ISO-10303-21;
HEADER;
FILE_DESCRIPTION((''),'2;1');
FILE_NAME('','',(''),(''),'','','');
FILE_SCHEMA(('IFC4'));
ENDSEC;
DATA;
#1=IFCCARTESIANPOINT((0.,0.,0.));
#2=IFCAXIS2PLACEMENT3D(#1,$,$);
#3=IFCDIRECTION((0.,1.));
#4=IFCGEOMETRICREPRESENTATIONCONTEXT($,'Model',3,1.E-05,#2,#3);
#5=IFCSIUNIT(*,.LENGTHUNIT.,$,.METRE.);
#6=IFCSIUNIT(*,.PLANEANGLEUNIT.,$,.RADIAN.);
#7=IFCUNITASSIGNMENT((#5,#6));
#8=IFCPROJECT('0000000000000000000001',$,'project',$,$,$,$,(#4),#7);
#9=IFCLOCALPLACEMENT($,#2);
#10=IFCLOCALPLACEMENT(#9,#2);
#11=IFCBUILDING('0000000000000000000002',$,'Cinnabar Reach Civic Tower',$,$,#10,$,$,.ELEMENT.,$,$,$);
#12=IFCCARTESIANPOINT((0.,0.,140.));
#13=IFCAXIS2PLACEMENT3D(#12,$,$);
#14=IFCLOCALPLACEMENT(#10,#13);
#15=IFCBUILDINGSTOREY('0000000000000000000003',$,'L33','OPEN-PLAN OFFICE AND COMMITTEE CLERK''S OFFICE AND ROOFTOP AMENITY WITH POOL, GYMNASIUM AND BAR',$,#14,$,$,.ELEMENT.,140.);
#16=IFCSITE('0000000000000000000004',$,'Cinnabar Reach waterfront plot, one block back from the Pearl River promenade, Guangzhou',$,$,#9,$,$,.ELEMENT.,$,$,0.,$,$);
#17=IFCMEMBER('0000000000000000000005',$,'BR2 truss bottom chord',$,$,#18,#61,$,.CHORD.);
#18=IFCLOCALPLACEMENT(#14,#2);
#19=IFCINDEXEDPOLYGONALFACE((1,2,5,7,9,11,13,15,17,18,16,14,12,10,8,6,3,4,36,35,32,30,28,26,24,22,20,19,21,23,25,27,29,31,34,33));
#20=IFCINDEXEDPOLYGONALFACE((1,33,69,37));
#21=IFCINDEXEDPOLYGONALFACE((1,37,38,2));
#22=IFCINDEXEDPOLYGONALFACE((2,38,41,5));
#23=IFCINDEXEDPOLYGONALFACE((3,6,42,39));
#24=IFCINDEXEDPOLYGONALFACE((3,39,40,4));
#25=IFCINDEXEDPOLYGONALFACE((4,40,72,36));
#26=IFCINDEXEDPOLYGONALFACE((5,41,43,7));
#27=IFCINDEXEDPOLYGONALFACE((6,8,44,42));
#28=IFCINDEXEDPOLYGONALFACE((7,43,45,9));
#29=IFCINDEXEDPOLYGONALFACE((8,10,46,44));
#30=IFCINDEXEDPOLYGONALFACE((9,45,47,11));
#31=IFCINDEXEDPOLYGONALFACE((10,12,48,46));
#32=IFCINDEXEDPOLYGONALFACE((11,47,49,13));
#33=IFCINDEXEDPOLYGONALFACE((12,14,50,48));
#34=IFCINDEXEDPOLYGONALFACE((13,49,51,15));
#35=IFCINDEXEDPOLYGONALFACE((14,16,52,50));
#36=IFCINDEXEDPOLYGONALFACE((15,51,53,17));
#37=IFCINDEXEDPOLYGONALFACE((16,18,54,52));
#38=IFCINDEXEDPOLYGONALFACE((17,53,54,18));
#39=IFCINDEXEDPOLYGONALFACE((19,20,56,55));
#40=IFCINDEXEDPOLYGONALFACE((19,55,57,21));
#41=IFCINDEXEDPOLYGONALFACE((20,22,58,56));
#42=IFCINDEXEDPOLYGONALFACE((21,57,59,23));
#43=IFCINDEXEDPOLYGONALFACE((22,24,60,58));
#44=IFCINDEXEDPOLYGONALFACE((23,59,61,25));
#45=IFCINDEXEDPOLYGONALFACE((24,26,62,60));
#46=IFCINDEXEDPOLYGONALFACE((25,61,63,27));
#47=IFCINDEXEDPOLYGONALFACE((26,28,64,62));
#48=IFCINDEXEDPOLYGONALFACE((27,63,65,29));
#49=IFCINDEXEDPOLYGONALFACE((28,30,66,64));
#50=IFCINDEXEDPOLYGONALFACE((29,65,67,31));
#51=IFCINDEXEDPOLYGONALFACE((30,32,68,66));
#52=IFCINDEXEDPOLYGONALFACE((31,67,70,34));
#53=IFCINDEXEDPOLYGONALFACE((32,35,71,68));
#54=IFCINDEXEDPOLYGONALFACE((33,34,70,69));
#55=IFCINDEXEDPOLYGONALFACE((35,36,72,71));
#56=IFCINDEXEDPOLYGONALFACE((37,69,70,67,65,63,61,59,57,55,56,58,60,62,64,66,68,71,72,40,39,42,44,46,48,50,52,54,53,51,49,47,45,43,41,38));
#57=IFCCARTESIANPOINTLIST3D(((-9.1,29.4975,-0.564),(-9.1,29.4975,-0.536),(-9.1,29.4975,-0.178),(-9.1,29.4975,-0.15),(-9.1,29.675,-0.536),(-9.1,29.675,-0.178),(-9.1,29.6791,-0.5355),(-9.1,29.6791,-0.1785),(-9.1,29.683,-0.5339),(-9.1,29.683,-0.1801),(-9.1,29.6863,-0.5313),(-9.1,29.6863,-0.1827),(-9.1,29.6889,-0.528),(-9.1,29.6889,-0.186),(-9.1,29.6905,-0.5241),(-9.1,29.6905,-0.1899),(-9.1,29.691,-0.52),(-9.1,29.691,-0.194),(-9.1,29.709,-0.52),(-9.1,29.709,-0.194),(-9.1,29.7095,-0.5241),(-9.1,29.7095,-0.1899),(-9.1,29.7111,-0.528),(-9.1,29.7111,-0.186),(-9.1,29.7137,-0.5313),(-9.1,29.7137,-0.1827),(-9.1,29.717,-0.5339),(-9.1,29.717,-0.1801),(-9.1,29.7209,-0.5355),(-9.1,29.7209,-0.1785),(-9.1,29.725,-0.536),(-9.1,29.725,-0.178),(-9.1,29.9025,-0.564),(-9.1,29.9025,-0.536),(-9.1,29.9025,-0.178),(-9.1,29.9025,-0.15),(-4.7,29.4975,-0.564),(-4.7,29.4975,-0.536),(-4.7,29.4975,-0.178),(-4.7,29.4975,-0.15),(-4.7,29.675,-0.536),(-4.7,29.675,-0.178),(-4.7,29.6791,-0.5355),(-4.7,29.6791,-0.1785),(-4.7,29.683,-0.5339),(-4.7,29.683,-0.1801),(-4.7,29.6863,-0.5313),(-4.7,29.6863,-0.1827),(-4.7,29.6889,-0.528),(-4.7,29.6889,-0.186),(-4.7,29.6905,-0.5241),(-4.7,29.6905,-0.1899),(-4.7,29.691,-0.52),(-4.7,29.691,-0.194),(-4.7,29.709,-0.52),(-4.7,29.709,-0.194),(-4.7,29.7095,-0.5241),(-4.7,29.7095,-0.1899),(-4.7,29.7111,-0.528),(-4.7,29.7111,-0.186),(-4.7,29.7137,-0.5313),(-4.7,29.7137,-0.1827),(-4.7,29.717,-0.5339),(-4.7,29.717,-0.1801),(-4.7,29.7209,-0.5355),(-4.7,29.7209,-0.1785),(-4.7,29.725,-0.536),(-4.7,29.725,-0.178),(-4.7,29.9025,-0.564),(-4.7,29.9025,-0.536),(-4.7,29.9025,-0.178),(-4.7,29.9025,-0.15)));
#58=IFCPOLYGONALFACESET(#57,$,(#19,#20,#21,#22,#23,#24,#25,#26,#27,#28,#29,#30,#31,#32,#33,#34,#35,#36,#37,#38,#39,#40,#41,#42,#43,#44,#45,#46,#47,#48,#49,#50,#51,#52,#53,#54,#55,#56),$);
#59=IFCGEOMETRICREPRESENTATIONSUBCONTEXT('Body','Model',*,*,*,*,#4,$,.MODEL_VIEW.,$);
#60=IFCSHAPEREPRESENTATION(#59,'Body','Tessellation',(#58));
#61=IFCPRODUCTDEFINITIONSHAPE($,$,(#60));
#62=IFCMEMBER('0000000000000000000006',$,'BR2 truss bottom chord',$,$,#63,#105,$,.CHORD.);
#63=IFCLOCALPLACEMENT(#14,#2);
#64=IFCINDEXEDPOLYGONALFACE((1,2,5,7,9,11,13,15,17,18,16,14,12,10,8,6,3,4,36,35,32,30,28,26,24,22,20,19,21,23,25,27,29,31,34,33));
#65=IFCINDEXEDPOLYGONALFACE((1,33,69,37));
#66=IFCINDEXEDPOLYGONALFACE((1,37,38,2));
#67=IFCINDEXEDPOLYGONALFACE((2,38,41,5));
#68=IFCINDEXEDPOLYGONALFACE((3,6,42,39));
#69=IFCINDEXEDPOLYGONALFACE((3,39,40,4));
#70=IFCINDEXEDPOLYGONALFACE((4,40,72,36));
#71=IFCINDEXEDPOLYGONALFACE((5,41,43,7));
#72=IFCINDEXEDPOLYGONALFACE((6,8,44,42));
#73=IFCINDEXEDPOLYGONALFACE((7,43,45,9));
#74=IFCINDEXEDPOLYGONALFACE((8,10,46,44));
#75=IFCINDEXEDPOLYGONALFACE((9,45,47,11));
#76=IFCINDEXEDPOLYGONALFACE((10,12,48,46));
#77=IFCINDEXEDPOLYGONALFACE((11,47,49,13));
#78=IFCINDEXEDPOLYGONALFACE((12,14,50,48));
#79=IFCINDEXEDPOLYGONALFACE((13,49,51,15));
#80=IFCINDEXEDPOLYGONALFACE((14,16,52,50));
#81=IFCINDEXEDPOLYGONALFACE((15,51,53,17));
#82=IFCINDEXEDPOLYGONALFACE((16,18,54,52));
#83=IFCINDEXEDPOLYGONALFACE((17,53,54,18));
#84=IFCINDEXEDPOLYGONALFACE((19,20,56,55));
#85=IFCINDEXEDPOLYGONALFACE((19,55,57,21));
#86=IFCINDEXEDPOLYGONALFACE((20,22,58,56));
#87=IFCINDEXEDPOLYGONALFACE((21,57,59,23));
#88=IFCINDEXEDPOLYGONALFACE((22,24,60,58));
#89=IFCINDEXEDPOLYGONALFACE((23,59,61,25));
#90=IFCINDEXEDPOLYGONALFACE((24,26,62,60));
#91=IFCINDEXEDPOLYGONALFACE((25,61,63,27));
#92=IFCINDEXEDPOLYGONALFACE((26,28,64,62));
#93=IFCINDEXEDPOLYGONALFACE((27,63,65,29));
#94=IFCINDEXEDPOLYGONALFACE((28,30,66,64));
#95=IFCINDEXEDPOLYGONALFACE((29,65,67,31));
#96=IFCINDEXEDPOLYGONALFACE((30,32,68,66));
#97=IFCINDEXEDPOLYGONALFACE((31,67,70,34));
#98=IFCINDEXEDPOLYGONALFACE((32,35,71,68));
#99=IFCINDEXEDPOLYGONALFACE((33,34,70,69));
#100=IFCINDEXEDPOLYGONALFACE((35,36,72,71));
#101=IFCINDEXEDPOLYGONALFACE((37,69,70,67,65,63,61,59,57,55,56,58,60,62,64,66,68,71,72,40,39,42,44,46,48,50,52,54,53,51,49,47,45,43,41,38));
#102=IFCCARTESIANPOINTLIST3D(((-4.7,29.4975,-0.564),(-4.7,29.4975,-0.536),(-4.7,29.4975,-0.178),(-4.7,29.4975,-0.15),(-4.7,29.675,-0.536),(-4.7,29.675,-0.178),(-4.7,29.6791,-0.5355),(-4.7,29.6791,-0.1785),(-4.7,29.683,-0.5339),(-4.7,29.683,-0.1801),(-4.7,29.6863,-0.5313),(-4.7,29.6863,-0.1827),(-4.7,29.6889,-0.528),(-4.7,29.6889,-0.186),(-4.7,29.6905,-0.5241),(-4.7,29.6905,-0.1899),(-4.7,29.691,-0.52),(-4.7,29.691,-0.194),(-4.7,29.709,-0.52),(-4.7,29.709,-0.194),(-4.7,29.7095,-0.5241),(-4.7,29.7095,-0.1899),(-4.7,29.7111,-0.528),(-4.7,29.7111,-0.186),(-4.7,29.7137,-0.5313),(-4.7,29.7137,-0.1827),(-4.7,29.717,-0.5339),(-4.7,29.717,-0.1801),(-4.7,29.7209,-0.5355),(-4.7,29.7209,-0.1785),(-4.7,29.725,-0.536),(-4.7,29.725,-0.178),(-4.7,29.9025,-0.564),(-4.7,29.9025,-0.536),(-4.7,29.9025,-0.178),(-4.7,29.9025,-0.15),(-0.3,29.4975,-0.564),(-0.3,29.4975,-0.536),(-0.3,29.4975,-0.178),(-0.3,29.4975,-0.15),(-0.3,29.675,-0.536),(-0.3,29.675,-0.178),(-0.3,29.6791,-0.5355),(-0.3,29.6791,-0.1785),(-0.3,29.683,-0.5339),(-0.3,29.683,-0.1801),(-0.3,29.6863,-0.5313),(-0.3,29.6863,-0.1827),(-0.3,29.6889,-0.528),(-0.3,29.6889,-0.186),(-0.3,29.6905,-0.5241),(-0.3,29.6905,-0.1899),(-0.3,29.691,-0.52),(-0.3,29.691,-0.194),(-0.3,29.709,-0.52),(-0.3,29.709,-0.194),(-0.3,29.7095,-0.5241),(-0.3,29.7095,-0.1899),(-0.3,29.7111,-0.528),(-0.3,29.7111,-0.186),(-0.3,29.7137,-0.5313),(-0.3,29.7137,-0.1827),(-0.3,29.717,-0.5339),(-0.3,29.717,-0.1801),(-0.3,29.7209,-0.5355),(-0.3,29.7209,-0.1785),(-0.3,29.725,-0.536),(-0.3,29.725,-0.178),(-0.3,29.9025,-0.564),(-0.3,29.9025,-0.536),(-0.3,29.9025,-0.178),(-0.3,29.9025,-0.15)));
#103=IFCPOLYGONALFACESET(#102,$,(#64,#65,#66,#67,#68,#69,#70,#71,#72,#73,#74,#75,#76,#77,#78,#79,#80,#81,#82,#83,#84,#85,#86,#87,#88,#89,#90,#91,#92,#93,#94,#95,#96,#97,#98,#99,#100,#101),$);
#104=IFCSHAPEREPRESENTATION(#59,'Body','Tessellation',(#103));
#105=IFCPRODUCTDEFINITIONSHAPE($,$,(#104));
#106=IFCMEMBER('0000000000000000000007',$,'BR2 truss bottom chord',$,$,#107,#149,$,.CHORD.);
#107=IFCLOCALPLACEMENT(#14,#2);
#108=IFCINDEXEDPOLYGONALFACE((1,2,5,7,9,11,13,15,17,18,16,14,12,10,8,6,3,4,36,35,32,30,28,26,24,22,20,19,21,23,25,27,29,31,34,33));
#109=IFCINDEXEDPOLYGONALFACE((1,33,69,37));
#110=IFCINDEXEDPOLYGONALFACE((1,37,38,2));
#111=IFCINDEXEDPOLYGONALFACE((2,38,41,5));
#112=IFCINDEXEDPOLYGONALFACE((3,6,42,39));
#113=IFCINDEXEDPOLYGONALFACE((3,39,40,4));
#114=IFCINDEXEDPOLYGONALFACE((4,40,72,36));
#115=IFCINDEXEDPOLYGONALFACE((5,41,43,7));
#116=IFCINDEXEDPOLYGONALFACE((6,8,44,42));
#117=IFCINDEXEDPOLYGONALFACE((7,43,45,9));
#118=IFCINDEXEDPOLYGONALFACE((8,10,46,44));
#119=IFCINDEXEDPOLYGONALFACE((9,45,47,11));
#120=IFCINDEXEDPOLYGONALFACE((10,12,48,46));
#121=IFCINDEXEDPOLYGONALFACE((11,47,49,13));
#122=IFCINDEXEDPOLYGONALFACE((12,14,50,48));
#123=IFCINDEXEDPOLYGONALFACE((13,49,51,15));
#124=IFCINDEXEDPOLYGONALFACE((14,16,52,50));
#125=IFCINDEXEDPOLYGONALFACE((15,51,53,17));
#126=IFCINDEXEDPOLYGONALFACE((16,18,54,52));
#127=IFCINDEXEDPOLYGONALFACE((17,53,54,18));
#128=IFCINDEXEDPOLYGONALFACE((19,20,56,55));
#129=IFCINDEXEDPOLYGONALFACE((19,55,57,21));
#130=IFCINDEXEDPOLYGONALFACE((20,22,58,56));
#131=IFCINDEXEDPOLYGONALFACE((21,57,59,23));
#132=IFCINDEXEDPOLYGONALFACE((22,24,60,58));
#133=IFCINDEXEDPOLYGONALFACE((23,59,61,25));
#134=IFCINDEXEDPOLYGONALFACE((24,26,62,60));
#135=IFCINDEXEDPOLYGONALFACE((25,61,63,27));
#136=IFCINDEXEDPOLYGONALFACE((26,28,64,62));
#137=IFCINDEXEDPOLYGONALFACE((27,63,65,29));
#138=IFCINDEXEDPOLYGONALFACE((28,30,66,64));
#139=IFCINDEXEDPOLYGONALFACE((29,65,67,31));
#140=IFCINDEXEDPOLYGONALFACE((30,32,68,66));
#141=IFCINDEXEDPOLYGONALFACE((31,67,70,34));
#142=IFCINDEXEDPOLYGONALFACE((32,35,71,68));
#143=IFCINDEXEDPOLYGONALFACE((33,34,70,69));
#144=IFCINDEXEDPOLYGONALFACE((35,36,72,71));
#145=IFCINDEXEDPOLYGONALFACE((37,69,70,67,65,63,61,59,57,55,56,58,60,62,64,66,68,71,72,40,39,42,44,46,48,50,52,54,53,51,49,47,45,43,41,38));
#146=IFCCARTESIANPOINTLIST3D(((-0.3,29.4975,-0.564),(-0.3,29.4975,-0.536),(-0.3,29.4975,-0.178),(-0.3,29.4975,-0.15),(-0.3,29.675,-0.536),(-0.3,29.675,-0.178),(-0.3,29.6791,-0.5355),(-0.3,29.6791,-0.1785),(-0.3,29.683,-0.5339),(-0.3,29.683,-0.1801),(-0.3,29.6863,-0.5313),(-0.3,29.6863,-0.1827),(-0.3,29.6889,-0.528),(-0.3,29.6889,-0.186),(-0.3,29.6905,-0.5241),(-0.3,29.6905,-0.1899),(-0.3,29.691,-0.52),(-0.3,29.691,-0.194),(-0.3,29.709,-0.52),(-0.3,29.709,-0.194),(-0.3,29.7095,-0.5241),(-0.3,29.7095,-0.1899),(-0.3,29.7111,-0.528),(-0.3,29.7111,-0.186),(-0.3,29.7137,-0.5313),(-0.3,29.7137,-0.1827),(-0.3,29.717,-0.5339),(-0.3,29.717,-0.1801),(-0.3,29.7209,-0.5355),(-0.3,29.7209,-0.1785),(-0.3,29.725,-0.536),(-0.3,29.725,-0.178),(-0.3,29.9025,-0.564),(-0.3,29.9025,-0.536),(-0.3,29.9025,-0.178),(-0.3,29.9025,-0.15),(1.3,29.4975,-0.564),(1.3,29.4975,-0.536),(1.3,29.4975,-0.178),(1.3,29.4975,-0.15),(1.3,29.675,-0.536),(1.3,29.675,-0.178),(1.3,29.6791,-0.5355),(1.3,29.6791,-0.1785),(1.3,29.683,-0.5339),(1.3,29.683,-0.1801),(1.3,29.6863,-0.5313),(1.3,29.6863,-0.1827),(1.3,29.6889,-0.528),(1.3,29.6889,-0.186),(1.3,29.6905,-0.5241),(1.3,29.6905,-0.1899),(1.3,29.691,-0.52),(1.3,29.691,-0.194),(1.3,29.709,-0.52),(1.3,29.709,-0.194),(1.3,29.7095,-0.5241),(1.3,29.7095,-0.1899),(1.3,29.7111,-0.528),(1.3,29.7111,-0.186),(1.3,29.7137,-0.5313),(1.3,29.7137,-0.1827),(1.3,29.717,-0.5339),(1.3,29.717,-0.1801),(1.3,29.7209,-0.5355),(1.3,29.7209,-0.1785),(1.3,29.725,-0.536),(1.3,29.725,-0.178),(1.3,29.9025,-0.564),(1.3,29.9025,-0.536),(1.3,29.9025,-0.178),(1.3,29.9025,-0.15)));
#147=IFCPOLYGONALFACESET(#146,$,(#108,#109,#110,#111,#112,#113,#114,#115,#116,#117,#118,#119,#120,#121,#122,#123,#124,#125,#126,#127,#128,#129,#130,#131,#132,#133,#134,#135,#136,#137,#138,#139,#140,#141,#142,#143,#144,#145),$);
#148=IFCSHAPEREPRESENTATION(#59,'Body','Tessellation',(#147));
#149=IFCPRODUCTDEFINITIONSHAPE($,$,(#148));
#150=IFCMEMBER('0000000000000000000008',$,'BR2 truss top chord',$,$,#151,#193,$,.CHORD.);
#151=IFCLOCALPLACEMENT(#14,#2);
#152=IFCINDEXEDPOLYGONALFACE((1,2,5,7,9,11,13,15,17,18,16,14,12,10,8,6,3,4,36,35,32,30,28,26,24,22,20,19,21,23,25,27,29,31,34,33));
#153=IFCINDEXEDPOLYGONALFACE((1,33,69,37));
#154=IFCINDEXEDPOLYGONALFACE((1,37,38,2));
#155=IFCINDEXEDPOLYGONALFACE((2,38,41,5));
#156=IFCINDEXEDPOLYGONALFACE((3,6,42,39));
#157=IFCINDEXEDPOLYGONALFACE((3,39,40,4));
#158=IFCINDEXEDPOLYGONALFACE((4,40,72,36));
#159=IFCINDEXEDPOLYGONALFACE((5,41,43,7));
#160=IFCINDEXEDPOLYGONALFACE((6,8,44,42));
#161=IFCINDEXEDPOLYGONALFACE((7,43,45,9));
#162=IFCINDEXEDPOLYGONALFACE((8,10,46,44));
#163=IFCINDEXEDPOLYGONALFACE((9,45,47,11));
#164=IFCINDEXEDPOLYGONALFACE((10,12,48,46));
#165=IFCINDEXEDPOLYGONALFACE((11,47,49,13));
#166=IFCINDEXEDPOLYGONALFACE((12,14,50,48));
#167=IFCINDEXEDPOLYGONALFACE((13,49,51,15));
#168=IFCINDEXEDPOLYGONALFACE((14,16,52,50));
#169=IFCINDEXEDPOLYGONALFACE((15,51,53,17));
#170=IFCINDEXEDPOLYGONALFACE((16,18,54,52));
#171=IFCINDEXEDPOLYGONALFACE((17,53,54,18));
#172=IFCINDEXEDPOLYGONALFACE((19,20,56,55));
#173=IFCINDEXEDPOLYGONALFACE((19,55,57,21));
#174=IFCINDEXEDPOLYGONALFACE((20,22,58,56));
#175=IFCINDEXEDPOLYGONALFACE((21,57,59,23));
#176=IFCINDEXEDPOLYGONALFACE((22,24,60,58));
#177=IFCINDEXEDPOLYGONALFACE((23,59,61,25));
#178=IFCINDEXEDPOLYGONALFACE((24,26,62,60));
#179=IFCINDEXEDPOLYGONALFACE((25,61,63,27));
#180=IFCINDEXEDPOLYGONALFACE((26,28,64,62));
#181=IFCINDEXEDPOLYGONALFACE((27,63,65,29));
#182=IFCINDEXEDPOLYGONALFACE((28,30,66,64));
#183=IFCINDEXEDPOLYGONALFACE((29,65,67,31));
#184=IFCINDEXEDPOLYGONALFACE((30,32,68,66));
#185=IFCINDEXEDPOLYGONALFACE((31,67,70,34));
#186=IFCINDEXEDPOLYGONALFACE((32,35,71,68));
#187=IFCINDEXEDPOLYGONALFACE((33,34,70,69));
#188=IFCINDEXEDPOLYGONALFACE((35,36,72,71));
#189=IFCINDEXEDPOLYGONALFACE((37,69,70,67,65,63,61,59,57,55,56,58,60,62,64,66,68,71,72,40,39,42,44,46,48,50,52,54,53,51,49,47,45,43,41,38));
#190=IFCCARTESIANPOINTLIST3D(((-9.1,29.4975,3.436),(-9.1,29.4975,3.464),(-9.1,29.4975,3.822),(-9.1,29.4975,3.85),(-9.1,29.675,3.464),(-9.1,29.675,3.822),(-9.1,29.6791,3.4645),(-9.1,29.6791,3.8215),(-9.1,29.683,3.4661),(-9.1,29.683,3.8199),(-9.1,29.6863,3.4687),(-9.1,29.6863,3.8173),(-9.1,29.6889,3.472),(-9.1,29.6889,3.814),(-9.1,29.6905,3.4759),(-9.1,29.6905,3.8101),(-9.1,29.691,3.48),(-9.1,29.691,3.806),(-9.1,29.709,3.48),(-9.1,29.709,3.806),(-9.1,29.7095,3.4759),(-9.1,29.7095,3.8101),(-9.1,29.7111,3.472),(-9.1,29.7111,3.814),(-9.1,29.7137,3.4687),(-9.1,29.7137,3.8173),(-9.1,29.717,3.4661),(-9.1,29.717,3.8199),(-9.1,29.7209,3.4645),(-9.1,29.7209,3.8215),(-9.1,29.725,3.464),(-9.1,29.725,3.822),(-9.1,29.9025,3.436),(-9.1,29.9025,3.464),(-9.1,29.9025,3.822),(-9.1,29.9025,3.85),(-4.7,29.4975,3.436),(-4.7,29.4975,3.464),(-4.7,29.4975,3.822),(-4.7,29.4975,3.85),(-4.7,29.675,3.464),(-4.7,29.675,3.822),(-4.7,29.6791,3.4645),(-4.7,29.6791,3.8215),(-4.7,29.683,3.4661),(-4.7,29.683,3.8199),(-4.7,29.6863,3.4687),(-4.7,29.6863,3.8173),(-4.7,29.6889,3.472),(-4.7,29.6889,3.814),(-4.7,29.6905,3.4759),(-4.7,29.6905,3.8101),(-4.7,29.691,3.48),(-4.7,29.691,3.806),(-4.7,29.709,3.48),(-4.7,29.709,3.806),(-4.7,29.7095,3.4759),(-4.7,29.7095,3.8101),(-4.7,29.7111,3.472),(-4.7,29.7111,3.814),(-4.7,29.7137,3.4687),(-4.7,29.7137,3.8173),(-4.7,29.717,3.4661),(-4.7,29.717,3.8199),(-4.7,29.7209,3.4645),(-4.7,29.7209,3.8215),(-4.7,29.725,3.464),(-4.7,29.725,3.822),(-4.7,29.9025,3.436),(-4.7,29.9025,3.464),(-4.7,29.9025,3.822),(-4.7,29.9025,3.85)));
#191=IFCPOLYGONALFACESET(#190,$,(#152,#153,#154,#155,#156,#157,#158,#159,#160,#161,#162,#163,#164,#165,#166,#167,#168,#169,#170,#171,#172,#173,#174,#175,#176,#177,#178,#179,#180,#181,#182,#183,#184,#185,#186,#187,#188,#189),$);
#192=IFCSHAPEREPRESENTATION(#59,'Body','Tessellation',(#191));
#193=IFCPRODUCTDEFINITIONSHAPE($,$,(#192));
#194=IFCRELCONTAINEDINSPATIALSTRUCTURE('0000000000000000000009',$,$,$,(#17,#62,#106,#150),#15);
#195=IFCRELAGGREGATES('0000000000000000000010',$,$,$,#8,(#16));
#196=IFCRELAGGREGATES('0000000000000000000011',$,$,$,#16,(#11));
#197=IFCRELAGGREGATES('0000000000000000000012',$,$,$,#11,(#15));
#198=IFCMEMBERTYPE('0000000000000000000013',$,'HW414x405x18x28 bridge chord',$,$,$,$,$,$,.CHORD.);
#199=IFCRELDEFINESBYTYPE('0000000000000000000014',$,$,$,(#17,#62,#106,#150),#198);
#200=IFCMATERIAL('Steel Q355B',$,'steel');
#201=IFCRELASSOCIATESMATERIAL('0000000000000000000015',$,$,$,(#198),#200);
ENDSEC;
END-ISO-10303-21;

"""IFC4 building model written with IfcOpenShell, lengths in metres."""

from ifc_helpers import new_model, si_unit, direction, frame, origin, origin_2d, place, context, subcontext, project, spatial, i_section, extrude, material, material_profile, profile_set, type_object, element, save


model = new_model("IFC4")

# Units and contexts
model_context = context("Model", 3, precision=1e-05, world=origin(), true_north=direction((0.0, 1.0)))
body_context = subcontext(model_context, "Body", "Model", "MODEL_VIEW")
ifc_project = project(units=[si_unit("LENGTHUNIT", "METRE"), si_unit("PLANEANGLEUNIT", "RADIAN")], contexts=[model_context])

# Site, building, storey
site_placement = place(None, origin())
site = spatial("IfcSite", under=ifc_project, at=site_placement, Name="Cinnabar Reach waterfront plot, one block back from the Pearl River promenade, Guangzhou", CompositionType="ELEMENT", RefElevation=0.0)
building_placement = place(site_placement, origin())
building = spatial("IfcBuilding", under=site, at=building_placement, Name="Cinnabar Reach Civic Tower", CompositionType="ELEMENT")
storey_placement = place(building_placement, frame((0.0, 0.0, 140.0)))
storey = spatial("IfcBuildingStorey", under=building, at=storey_placement, Name="L33", Description="OPEN-PLAN OFFICE AND COMMITTEE CLERK'S OFFICE AND ROOFTOP AMENITY WITH POOL, GYMNASIUM AND BAR", CompositionType="ELEMENT", Elevation=140.0)

# Shared definitions
ifc_material_1 = material(Name="Steel Q355B", Category="steel")

# Members
ifc_material_profile_1 = material_profile(ifc_material_1, i_section(OverallWidth=0.405, OverallDepth=0.414, WebThickness=0.018, FlangeThickness=0.028, FilletRadius=0.016, at=origin_2d()), Name="HW414x405x18x28")
ifc_profile_set_1 = profile_set([ifc_material_profile_1], Name="Steel Q355B")
member_type_1 = type_object("IfcMemberType", Name="HW414x405x18x28 bridge chord", PredefinedType="CHORD", material=ifc_profile_set_1)
for number, where, z_axis, x_axis, name in (
    (1, (-9.1, 29.7, -0.357), (1.0, 0.0, 0.0), (0.0, 1.0, 0.0), "BR2 truss bottom chord"),
    (2, (-4.7, 29.7, -0.357), (1.0, 0.0, 0.0), (0.0, 1.0, 0.0), "BR2 truss bottom chord"),
):
    element("IfcMember", number, at=place(storey_placement, frame(where, z_axis=z_axis, x_axis=x_axis)), inside=storey, type_object=member_type_1, Name=name, PredefinedType="CHORD", context=body_context, shape_type="SweptSolid", body=[
        extrude(i_section(OverallWidth=0.405, OverallDepth=0.414, WebThickness=0.018, FlangeThickness=0.028, FilletRadius=0.016, at=origin_2d()), origin(), (0.0, 0.0, 1.0), 4.4),
    ])
member_1_placement = place(storey_placement, frame((-0.3, 29.7, -0.357), z_axis=(1.0, 0.0, 0.0), x_axis=(0.0, 1.0, 0.0)))
element("IfcMember", 3, at=member_1_placement, inside=storey, type_object=member_type_1, Name="BR2 truss bottom chord", PredefinedType="CHORD", context=body_context, shape_type="SweptSolid", body=[
    extrude(i_section(OverallWidth=0.405, OverallDepth=0.414, WebThickness=0.018, FlangeThickness=0.028, FilletRadius=0.016, at=origin_2d()), origin(), (0.0, 0.0, 1.0), 1.6),
])
for number, where, z_axis, x_axis, name in (
    (4, (-9.1, 29.7, 3.643), (1.0, 0.0, 0.0), (0.0, 1.0, 0.0), "BR2 truss top chord"),
):
    element("IfcMember", number, at=place(storey_placement, frame(where, z_axis=z_axis, x_axis=x_axis)), inside=storey, type_object=member_type_1, Name=name, PredefinedType="CHORD", context=body_context, shape_type="SweptSolid", body=[
        extrude(i_section(OverallWidth=0.405, OverallDepth=0.414, WebThickness=0.018, FlangeThickness=0.028, FilletRadius=0.016, at=origin_2d()), origin(), (0.0, 0.0, 1.0), 4.4),
    ])

save(model, "model.ifc")
